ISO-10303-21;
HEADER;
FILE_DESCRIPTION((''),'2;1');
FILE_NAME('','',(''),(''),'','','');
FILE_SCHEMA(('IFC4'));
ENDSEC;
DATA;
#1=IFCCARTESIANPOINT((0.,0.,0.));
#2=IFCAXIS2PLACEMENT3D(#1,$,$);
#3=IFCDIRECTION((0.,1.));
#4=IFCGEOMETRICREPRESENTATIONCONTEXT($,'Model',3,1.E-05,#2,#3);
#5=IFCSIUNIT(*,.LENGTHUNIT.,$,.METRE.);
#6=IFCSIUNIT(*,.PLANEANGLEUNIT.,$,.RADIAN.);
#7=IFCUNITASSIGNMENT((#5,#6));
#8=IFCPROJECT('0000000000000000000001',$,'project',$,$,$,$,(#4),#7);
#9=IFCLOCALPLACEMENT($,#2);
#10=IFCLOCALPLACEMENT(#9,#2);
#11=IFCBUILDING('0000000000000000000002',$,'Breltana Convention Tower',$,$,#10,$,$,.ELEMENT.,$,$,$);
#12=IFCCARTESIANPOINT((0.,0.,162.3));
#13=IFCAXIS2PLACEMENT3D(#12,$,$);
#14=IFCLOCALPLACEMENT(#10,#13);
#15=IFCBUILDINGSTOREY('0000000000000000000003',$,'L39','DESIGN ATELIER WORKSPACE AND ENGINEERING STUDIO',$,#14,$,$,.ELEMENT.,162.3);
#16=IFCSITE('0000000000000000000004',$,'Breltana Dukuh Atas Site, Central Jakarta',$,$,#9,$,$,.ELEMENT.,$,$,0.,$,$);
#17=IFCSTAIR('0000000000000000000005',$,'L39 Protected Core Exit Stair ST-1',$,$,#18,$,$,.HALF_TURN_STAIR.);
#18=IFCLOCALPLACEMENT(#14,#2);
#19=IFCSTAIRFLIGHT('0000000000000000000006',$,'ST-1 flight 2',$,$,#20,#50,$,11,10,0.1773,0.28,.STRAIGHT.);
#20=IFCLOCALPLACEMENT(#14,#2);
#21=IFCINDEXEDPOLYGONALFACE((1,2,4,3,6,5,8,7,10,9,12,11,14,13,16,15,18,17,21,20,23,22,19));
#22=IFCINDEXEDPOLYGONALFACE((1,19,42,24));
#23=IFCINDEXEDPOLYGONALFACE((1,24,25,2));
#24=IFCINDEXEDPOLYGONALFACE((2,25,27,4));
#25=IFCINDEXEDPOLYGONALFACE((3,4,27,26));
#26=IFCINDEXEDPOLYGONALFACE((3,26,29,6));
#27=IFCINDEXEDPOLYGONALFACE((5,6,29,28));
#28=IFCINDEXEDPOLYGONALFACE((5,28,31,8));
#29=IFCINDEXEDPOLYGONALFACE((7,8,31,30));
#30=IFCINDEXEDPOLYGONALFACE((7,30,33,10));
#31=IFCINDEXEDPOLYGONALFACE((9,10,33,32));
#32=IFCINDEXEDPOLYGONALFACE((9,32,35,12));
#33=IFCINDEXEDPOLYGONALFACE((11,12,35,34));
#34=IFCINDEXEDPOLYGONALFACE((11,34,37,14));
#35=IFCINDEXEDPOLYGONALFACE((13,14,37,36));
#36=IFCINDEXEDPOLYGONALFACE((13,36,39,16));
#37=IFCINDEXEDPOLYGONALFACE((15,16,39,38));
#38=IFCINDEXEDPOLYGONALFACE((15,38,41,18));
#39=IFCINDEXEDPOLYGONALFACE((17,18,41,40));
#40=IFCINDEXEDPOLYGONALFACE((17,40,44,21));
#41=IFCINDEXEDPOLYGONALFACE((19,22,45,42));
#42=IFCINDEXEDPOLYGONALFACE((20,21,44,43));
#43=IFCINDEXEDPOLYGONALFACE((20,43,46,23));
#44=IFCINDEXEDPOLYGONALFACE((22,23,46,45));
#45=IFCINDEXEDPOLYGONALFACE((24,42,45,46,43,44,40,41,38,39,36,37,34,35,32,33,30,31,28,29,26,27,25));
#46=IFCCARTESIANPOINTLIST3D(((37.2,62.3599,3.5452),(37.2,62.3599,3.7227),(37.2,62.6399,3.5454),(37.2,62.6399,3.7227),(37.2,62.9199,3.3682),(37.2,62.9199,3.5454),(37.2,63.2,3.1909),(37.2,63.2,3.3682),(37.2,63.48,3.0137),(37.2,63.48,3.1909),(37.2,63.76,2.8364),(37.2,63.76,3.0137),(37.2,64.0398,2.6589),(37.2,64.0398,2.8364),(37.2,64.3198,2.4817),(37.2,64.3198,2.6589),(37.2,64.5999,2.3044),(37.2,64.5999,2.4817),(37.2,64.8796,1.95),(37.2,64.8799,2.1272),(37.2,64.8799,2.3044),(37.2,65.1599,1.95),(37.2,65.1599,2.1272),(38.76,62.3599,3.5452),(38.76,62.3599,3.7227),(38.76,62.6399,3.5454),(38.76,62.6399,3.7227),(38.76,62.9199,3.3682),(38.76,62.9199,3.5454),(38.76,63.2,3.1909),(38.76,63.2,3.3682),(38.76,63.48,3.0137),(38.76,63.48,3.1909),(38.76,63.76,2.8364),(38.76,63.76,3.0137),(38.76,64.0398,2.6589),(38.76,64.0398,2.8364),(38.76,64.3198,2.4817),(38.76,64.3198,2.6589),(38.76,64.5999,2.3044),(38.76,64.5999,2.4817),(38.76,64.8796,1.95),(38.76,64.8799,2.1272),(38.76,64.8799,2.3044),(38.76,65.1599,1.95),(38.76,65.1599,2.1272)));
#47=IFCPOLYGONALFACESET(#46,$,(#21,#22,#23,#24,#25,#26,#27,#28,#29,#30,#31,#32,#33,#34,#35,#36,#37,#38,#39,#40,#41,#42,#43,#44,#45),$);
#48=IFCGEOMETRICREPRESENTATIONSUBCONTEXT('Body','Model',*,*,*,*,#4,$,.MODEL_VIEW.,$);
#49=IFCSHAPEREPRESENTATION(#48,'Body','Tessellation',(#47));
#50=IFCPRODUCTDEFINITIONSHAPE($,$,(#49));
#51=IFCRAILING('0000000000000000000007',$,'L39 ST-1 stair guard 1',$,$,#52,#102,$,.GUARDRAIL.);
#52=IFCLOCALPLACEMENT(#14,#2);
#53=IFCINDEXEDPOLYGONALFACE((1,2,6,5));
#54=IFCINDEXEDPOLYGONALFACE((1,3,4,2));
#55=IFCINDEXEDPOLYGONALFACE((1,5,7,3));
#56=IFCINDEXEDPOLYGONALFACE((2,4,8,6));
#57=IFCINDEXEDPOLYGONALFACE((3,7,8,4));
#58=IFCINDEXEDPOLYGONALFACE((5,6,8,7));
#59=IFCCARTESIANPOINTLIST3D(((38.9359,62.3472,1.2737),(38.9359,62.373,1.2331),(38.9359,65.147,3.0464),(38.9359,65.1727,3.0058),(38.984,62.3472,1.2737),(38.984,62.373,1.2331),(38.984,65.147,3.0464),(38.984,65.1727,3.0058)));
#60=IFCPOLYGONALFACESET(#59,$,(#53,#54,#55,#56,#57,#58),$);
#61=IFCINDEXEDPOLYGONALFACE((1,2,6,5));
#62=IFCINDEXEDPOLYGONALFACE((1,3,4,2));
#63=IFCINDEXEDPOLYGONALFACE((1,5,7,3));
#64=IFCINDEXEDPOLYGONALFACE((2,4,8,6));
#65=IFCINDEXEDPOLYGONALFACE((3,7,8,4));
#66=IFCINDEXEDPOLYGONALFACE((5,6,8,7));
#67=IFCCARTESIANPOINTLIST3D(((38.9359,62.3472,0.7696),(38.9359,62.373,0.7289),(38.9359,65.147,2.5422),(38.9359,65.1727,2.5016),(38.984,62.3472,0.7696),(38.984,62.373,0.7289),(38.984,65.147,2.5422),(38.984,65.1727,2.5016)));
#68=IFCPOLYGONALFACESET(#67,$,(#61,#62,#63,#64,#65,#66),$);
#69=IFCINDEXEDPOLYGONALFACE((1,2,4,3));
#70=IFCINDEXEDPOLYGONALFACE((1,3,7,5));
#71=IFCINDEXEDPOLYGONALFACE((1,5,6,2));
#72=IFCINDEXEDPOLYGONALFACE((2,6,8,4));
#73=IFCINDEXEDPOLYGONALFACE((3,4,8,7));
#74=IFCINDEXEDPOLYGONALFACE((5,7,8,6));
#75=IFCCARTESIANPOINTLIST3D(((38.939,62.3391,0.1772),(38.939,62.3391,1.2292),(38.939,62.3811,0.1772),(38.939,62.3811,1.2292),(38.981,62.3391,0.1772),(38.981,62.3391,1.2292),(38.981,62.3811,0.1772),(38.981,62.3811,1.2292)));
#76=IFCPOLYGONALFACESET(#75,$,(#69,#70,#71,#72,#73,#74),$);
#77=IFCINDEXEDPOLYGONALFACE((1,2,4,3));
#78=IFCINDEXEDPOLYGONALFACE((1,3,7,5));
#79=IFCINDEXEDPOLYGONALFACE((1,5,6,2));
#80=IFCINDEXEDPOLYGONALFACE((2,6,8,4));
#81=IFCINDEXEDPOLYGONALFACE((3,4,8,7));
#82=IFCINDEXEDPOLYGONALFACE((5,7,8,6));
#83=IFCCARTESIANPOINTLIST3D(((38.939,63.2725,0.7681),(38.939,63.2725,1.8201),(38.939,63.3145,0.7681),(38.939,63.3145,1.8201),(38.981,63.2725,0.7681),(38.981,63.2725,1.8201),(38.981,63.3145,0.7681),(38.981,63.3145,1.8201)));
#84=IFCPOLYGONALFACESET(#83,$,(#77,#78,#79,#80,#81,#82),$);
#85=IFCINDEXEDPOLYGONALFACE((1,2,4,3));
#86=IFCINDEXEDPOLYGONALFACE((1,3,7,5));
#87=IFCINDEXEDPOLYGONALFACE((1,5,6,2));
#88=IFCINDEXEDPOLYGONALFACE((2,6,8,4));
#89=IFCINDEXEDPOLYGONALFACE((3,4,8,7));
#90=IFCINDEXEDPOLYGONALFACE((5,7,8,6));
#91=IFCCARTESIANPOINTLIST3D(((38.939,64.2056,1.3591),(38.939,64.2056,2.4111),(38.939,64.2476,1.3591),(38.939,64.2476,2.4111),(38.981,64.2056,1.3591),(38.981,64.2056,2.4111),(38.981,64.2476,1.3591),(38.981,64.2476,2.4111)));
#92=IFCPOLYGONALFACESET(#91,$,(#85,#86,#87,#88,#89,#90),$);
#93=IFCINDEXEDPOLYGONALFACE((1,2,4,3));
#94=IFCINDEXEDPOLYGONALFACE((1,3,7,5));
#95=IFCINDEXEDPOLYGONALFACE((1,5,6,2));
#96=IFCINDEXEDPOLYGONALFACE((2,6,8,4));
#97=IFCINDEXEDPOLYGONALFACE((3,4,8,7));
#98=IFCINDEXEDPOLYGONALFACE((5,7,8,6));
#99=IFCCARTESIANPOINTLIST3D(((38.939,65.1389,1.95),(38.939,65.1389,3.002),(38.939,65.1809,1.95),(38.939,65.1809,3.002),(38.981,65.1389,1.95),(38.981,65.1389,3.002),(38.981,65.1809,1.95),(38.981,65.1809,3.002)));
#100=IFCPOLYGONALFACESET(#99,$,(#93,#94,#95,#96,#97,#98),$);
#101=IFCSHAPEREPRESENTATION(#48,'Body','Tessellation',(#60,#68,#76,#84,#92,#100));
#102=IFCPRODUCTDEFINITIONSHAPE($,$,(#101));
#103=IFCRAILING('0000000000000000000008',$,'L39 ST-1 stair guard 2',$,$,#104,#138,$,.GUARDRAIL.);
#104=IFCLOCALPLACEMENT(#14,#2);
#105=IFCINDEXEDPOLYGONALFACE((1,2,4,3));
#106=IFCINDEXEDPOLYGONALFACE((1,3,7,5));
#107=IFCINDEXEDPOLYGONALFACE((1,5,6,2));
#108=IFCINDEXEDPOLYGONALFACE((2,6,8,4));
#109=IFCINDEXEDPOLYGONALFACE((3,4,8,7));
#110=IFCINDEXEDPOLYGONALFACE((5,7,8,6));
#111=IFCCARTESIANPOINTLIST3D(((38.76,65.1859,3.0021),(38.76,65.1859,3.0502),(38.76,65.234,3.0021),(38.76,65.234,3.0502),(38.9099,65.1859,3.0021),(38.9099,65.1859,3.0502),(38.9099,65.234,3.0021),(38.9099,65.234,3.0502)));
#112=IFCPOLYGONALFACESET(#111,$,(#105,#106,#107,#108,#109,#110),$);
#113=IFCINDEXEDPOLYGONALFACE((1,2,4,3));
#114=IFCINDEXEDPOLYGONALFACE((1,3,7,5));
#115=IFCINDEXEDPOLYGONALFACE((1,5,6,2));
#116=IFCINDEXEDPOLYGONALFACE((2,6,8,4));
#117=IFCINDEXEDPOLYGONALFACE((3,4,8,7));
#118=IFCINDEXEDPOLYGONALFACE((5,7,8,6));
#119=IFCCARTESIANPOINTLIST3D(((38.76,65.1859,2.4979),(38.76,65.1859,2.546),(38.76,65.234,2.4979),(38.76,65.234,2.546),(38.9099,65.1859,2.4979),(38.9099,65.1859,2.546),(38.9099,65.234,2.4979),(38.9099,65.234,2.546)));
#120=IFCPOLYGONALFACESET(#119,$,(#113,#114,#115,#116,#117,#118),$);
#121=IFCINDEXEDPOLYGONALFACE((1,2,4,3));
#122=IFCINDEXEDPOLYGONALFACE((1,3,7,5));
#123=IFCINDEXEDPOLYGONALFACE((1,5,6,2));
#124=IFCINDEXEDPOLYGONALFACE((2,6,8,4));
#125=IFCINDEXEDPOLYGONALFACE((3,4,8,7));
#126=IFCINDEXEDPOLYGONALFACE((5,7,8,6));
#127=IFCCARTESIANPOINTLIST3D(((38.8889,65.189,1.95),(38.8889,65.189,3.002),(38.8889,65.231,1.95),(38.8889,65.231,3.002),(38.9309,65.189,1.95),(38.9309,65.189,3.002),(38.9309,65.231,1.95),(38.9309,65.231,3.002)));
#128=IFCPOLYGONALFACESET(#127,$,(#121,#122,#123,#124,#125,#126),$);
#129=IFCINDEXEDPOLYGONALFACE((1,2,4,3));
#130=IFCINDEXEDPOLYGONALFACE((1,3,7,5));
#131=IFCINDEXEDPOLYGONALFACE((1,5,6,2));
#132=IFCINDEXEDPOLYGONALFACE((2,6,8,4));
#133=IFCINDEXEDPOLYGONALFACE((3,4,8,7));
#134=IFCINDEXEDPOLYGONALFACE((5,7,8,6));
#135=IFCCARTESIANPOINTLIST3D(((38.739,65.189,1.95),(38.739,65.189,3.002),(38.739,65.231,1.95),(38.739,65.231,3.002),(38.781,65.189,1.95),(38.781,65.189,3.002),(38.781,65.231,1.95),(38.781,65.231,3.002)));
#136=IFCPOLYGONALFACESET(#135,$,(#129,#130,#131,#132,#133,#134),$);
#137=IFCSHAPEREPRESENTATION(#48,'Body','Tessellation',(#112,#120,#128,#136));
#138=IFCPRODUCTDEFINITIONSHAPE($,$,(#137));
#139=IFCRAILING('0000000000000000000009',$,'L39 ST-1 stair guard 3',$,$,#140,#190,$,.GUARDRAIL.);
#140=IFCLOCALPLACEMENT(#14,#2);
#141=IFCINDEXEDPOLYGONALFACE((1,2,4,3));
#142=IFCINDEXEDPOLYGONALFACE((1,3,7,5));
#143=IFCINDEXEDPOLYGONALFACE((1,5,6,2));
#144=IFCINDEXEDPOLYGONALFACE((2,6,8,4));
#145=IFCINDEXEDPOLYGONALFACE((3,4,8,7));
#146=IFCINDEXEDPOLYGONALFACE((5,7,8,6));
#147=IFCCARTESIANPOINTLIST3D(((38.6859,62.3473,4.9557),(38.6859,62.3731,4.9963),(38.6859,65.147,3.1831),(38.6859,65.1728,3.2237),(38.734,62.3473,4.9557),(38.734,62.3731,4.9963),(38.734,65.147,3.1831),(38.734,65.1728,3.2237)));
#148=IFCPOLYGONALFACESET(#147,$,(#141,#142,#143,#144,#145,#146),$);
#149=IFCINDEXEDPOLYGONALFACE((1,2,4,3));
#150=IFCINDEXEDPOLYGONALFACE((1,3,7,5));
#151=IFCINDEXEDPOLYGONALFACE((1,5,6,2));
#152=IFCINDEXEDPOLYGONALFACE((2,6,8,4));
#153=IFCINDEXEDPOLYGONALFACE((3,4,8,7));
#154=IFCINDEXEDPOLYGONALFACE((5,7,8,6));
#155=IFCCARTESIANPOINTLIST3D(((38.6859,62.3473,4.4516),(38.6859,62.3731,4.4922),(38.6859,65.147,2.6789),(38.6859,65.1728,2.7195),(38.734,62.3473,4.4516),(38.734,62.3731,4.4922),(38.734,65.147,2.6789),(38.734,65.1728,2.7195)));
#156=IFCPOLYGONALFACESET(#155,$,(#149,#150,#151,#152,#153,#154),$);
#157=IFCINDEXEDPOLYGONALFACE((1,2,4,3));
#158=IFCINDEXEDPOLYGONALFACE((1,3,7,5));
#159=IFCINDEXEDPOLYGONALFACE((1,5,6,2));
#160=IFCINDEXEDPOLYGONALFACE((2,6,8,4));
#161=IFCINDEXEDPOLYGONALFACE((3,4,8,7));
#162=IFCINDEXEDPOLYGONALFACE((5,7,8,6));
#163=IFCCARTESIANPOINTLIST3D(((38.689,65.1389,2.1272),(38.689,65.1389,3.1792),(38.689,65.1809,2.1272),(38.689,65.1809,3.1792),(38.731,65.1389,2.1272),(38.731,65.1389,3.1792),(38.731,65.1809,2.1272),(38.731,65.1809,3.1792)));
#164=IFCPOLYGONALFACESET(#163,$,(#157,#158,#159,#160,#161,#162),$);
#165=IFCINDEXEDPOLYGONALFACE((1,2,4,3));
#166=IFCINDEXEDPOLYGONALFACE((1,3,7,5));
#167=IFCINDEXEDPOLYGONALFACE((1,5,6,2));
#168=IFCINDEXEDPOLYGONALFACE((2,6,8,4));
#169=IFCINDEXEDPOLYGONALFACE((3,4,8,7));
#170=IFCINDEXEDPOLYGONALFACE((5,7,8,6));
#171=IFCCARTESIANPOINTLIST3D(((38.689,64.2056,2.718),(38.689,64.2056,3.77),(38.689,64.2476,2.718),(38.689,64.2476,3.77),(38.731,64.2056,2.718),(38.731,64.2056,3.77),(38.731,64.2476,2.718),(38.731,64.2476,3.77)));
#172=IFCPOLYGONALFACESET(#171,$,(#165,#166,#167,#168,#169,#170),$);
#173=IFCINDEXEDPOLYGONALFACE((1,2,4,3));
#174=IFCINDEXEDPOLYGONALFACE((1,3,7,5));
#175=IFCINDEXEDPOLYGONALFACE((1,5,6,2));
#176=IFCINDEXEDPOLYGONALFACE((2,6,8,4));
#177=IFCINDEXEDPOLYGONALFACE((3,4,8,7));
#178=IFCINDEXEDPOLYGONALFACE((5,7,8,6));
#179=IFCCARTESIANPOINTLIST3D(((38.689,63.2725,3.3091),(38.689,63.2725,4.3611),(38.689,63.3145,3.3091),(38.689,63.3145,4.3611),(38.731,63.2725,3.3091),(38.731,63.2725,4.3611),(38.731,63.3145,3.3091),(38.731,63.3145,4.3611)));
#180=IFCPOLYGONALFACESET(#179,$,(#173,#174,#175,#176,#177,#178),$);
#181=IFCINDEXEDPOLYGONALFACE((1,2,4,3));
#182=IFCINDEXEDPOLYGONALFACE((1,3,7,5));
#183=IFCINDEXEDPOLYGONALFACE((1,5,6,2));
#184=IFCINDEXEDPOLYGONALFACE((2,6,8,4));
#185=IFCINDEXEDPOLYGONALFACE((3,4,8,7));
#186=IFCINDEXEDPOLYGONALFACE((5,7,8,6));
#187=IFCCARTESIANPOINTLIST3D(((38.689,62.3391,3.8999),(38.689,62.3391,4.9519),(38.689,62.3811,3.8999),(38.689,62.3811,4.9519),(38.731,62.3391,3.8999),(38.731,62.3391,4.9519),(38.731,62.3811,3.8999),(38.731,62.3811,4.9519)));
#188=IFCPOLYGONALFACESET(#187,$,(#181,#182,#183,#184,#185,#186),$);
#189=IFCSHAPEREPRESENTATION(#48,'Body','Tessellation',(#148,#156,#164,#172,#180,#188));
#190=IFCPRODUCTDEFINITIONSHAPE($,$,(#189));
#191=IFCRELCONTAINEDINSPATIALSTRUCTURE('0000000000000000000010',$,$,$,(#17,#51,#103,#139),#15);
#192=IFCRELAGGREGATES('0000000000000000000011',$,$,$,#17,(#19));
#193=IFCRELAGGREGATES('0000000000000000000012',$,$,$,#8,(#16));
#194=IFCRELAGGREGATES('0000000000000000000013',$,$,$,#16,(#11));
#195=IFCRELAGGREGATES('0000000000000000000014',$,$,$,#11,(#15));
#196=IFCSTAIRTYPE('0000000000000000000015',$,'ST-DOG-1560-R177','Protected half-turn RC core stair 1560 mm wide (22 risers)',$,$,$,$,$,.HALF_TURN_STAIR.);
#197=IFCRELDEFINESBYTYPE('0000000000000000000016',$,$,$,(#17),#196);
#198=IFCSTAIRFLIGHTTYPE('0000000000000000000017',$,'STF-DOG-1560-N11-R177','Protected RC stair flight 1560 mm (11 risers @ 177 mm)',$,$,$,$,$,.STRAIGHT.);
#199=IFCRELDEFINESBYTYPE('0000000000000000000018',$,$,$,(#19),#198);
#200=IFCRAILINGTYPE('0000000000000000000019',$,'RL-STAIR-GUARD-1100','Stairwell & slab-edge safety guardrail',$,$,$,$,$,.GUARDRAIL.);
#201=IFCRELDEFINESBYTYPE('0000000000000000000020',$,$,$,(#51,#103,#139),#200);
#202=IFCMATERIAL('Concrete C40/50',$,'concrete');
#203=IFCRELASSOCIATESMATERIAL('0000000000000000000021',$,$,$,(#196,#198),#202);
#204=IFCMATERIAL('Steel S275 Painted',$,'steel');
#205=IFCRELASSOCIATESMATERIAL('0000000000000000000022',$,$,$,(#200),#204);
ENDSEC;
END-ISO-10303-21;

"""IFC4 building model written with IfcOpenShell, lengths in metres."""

from ifc_helpers import new_model, si_unit, direction, frame, origin, origin_2d, place, context, subcontext, project, spatial, polyline, rectangle, outline, extrude, material, type_object, element, aggregate, save


model = new_model("IFC4")

# Units and contexts
model_context = context("Model", 3, precision=1e-05, world=origin(), true_north=direction((0.0, 1.0)))
body_context = subcontext(model_context, "Body", "Model", "MODEL_VIEW")
ifc_project = project(units=[si_unit("LENGTHUNIT", "METRE"), si_unit("PLANEANGLEUNIT", "RADIAN")], contexts=[model_context])

# Site, building, storey
site_placement = place(None, origin())
site = spatial("IfcSite", under=ifc_project, at=site_placement, Name="Breltana Dukuh Atas Site, Central Jakarta", CompositionType="ELEMENT", RefElevation=0.0)
building_placement = place(site_placement, origin())
building = spatial("IfcBuilding", under=site, at=building_placement, Name="Breltana Convention Tower", CompositionType="ELEMENT")
storey_placement = place(building_placement, frame((0.0, 0.0, 162.3)))
storey = spatial("IfcBuildingStorey", under=building, at=storey_placement, Name="L39", Description="DESIGN ATELIER WORKSPACE AND ENGINEERING STUDIO", CompositionType="ELEMENT", Elevation=162.3)

# Stair, stair flight
ifc_material_1 = material(Name="Concrete C40/50", Category="concrete")
stair_type = type_object("IfcStairType", Name="ST-DOG-1560-R177", Description="Protected half-turn RC core stair 1560 mm wide (22 risers)", PredefinedType="HALF_TURN_STAIR", material=ifc_material_1)
stair_placement = place(storey_placement, origin())
stair = element("IfcStair", 1, at=stair_placement, inside=storey, type_object=stair_type, Name="L39 Protected Core Exit Stair ST-1", PredefinedType="HALF_TURN_STAIR")
stair_flight_type = type_object("IfcStairFlightType", Name="STF-DOG-1560-N11-R177", Description="Protected RC stair flight 1560 mm (11 risers @ 177 mm)", PredefinedType="STRAIGHT", material=ifc_material_1)
stair_flight_1_placement = place(storey_placement, frame((37.98, 65.1599, 1.95), z_axis=(0.0, 0.0, 1.0), x_axis=(0.0, -1.0, 0.0)))
stair_flight_1 = element("IfcStairFlight", 2, at=stair_flight_1_placement, type_object=stair_flight_type, Name="ST-1 flight 2", NumberOfRisers=11, NumberOfTreads=10, PredefinedType="STRAIGHT", RiserHeight=0.1773, TreadLength=0.28, context=body_context, shape_type="SweptSolid", body=[
    extrude(outline(polyline([(0.0, 0.0), (0.0, 0.1772), (0.28, 0.1772), (0.28, 0.3545), (0.5601, 0.3545), (0.5601, 0.5317), (0.8401, 0.5317), (0.8401, 0.709), (1.1201, 0.709), (1.1201, 0.8865), (1.3999, 0.8865), (1.3999, 1.0637), (1.6799, 1.0637), (1.6799, 1.241), (1.96, 1.241), (1.96, 1.4182), (2.24, 1.4182), (2.24, 1.5955), (2.52, 1.5955), (2.52, 1.7727), (2.8, 1.7727), (2.8, 1.95), (2.8, 1.5952), (0.2803, 0.0), (0.0, 0.0)])), frame((0.0, 0.78, 0.0), z_axis=(0.0, -1.0, 0.0), x_axis=(1.0, 0.0, 0.0)), (0.0, 0.0, 1.0), 1.5601),
])
aggregate(stair, [stair_flight_1])

# Railings
ifc_material_2 = material(Name="Steel S275 Painted", Category="steel")
railing_type_1 = type_object("IfcRailingType", Name="RL-STAIR-GUARD-1100", Description="Stairwell & slab-edge safety guardrail", PredefinedType="GUARDRAIL", material=ifc_material_2)
railing_1_placement = place(storey_placement, frame((38.96, 62.3601, 0.1772)))
element("IfcRailing", 3, at=railing_1_placement, inside=storey, type_object=railing_type_1, Name="L39 ST-1 stair guard 1", PredefinedType="GUARDRAIL", context=body_context, shape_type="SweptSolid", body=[
    extrude(rectangle(XDim=0.0481, YDim=0.0481, at=origin_2d()), frame((0.0, 0.0, 1.0762), z_axis=(0.0, 0.844888, 0.534943), x_axis=(-1.0, 0.0, 0.0)), (0.0, 0.0, 1.0), 3.3137),
    extrude(rectangle(XDim=0.0481, YDim=0.0481, at=origin_2d()), frame((0.0, 0.0, 0.572), z_axis=(0.0, 0.844888, 0.534943), x_axis=(-1.0, 0.0, 0.0)), (0.0, 0.0, 1.0), 3.3137),
    extrude(rectangle(XDim=0.042, YDim=0.042, at=origin_2d()), origin(), (0.0, 0.0, 1.0), 1.052),
    extrude(rectangle(XDim=0.042, YDim=0.042, at=origin_2d()), frame((0.0, 0.9333, 0.5908)), (0.0, 0.0, 1.0), 1.052),
    extrude(rectangle(XDim=0.042, YDim=0.042, at=origin_2d()), frame((0.0, 1.8665, 1.1819)), (0.0, 0.0, 1.0), 1.052),
    extrude(rectangle(XDim=0.042, YDim=0.042, at=origin_2d()), frame((0.0, 2.7998, 1.7727)), (0.0, 0.0, 1.0), 1.052),
])
railing_2_placement = place(storey_placement, frame((38.9099, 65.21, 1.95)))
element("IfcRailing", 4, at=railing_2_placement, inside=storey, type_object=railing_type_1, Name="L39 ST-1 stair guard 2", PredefinedType="GUARDRAIL", context=body_context, shape_type="SweptSolid", body=[
    extrude(rectangle(XDim=0.0481, YDim=0.0481, at=origin_2d()), frame((0.0, 0.0, 1.0762), z_axis=(-1.0, 0.0, 0.0), x_axis=(0.0, -1.0, 0.0)), (0.0, 0.0, 1.0), 0.1499),
    extrude(rectangle(XDim=0.0481, YDim=0.0481, at=origin_2d()), frame((0.0, 0.0, 0.572), z_axis=(-1.0, 0.0, 0.0), x_axis=(0.0, -1.0, 0.0)), (0.0, 0.0, 1.0), 0.1499),
    extrude(rectangle(XDim=0.042, YDim=0.042, at=origin_2d()), origin(), (0.0, 0.0, 1.0), 1.052),
    extrude(rectangle(XDim=0.042, YDim=0.042, at=origin_2d()), frame((-0.1499, 0.0, 0.0)), (0.0, 0.0, 1.0), 1.052),
])
railing_3_placement = place(storey_placement, frame((38.71, 65.1599, 2.1272)))
element("IfcRailing", 5, at=railing_3_placement, inside=storey, type_object=railing_type_1, Name="L39 ST-1 stair guard 3", PredefinedType="GUARDRAIL", context=body_context, shape_type="SweptSolid", body=[
    extrude(rectangle(XDim=0.0481, YDim=0.0481, at=origin_2d()), frame((0.0, 0.0, 1.0762), z_axis=(0.0, -0.844888, 0.534943), x_axis=(1.0, 0.0, 0.0)), (0.0, 0.0, 1.0), 3.3137),
    extrude(rectangle(XDim=0.0481, YDim=0.0481, at=origin_2d()), frame((0.0, 0.0, 0.572), z_axis=(0.0, -0.844888, 0.534943), x_axis=(1.0, 0.0, 0.0)), (0.0, 0.0, 1.0), 3.3137),
    extrude(rectangle(XDim=0.042, YDim=0.042, at=origin_2d()), origin(), (0.0, 0.0, 1.0), 1.052),
    extrude(rectangle(XDim=0.042, YDim=0.042, at=origin_2d()), frame((0.0, -0.9333, 0.5908)), (0.0, 0.0, 1.0), 1.052),
    extrude(rectangle(XDim=0.042, YDim=0.042, at=origin_2d()), frame((0.0, -1.8665, 1.1819)), (0.0, 0.0, 1.0), 1.052),
    extrude(rectangle(XDim=0.042, YDim=0.042, at=origin_2d()), frame((0.0, -2.7998, 1.7727)), (0.0, 0.0, 1.0), 1.052),
])

save(model, "model.ifc")
